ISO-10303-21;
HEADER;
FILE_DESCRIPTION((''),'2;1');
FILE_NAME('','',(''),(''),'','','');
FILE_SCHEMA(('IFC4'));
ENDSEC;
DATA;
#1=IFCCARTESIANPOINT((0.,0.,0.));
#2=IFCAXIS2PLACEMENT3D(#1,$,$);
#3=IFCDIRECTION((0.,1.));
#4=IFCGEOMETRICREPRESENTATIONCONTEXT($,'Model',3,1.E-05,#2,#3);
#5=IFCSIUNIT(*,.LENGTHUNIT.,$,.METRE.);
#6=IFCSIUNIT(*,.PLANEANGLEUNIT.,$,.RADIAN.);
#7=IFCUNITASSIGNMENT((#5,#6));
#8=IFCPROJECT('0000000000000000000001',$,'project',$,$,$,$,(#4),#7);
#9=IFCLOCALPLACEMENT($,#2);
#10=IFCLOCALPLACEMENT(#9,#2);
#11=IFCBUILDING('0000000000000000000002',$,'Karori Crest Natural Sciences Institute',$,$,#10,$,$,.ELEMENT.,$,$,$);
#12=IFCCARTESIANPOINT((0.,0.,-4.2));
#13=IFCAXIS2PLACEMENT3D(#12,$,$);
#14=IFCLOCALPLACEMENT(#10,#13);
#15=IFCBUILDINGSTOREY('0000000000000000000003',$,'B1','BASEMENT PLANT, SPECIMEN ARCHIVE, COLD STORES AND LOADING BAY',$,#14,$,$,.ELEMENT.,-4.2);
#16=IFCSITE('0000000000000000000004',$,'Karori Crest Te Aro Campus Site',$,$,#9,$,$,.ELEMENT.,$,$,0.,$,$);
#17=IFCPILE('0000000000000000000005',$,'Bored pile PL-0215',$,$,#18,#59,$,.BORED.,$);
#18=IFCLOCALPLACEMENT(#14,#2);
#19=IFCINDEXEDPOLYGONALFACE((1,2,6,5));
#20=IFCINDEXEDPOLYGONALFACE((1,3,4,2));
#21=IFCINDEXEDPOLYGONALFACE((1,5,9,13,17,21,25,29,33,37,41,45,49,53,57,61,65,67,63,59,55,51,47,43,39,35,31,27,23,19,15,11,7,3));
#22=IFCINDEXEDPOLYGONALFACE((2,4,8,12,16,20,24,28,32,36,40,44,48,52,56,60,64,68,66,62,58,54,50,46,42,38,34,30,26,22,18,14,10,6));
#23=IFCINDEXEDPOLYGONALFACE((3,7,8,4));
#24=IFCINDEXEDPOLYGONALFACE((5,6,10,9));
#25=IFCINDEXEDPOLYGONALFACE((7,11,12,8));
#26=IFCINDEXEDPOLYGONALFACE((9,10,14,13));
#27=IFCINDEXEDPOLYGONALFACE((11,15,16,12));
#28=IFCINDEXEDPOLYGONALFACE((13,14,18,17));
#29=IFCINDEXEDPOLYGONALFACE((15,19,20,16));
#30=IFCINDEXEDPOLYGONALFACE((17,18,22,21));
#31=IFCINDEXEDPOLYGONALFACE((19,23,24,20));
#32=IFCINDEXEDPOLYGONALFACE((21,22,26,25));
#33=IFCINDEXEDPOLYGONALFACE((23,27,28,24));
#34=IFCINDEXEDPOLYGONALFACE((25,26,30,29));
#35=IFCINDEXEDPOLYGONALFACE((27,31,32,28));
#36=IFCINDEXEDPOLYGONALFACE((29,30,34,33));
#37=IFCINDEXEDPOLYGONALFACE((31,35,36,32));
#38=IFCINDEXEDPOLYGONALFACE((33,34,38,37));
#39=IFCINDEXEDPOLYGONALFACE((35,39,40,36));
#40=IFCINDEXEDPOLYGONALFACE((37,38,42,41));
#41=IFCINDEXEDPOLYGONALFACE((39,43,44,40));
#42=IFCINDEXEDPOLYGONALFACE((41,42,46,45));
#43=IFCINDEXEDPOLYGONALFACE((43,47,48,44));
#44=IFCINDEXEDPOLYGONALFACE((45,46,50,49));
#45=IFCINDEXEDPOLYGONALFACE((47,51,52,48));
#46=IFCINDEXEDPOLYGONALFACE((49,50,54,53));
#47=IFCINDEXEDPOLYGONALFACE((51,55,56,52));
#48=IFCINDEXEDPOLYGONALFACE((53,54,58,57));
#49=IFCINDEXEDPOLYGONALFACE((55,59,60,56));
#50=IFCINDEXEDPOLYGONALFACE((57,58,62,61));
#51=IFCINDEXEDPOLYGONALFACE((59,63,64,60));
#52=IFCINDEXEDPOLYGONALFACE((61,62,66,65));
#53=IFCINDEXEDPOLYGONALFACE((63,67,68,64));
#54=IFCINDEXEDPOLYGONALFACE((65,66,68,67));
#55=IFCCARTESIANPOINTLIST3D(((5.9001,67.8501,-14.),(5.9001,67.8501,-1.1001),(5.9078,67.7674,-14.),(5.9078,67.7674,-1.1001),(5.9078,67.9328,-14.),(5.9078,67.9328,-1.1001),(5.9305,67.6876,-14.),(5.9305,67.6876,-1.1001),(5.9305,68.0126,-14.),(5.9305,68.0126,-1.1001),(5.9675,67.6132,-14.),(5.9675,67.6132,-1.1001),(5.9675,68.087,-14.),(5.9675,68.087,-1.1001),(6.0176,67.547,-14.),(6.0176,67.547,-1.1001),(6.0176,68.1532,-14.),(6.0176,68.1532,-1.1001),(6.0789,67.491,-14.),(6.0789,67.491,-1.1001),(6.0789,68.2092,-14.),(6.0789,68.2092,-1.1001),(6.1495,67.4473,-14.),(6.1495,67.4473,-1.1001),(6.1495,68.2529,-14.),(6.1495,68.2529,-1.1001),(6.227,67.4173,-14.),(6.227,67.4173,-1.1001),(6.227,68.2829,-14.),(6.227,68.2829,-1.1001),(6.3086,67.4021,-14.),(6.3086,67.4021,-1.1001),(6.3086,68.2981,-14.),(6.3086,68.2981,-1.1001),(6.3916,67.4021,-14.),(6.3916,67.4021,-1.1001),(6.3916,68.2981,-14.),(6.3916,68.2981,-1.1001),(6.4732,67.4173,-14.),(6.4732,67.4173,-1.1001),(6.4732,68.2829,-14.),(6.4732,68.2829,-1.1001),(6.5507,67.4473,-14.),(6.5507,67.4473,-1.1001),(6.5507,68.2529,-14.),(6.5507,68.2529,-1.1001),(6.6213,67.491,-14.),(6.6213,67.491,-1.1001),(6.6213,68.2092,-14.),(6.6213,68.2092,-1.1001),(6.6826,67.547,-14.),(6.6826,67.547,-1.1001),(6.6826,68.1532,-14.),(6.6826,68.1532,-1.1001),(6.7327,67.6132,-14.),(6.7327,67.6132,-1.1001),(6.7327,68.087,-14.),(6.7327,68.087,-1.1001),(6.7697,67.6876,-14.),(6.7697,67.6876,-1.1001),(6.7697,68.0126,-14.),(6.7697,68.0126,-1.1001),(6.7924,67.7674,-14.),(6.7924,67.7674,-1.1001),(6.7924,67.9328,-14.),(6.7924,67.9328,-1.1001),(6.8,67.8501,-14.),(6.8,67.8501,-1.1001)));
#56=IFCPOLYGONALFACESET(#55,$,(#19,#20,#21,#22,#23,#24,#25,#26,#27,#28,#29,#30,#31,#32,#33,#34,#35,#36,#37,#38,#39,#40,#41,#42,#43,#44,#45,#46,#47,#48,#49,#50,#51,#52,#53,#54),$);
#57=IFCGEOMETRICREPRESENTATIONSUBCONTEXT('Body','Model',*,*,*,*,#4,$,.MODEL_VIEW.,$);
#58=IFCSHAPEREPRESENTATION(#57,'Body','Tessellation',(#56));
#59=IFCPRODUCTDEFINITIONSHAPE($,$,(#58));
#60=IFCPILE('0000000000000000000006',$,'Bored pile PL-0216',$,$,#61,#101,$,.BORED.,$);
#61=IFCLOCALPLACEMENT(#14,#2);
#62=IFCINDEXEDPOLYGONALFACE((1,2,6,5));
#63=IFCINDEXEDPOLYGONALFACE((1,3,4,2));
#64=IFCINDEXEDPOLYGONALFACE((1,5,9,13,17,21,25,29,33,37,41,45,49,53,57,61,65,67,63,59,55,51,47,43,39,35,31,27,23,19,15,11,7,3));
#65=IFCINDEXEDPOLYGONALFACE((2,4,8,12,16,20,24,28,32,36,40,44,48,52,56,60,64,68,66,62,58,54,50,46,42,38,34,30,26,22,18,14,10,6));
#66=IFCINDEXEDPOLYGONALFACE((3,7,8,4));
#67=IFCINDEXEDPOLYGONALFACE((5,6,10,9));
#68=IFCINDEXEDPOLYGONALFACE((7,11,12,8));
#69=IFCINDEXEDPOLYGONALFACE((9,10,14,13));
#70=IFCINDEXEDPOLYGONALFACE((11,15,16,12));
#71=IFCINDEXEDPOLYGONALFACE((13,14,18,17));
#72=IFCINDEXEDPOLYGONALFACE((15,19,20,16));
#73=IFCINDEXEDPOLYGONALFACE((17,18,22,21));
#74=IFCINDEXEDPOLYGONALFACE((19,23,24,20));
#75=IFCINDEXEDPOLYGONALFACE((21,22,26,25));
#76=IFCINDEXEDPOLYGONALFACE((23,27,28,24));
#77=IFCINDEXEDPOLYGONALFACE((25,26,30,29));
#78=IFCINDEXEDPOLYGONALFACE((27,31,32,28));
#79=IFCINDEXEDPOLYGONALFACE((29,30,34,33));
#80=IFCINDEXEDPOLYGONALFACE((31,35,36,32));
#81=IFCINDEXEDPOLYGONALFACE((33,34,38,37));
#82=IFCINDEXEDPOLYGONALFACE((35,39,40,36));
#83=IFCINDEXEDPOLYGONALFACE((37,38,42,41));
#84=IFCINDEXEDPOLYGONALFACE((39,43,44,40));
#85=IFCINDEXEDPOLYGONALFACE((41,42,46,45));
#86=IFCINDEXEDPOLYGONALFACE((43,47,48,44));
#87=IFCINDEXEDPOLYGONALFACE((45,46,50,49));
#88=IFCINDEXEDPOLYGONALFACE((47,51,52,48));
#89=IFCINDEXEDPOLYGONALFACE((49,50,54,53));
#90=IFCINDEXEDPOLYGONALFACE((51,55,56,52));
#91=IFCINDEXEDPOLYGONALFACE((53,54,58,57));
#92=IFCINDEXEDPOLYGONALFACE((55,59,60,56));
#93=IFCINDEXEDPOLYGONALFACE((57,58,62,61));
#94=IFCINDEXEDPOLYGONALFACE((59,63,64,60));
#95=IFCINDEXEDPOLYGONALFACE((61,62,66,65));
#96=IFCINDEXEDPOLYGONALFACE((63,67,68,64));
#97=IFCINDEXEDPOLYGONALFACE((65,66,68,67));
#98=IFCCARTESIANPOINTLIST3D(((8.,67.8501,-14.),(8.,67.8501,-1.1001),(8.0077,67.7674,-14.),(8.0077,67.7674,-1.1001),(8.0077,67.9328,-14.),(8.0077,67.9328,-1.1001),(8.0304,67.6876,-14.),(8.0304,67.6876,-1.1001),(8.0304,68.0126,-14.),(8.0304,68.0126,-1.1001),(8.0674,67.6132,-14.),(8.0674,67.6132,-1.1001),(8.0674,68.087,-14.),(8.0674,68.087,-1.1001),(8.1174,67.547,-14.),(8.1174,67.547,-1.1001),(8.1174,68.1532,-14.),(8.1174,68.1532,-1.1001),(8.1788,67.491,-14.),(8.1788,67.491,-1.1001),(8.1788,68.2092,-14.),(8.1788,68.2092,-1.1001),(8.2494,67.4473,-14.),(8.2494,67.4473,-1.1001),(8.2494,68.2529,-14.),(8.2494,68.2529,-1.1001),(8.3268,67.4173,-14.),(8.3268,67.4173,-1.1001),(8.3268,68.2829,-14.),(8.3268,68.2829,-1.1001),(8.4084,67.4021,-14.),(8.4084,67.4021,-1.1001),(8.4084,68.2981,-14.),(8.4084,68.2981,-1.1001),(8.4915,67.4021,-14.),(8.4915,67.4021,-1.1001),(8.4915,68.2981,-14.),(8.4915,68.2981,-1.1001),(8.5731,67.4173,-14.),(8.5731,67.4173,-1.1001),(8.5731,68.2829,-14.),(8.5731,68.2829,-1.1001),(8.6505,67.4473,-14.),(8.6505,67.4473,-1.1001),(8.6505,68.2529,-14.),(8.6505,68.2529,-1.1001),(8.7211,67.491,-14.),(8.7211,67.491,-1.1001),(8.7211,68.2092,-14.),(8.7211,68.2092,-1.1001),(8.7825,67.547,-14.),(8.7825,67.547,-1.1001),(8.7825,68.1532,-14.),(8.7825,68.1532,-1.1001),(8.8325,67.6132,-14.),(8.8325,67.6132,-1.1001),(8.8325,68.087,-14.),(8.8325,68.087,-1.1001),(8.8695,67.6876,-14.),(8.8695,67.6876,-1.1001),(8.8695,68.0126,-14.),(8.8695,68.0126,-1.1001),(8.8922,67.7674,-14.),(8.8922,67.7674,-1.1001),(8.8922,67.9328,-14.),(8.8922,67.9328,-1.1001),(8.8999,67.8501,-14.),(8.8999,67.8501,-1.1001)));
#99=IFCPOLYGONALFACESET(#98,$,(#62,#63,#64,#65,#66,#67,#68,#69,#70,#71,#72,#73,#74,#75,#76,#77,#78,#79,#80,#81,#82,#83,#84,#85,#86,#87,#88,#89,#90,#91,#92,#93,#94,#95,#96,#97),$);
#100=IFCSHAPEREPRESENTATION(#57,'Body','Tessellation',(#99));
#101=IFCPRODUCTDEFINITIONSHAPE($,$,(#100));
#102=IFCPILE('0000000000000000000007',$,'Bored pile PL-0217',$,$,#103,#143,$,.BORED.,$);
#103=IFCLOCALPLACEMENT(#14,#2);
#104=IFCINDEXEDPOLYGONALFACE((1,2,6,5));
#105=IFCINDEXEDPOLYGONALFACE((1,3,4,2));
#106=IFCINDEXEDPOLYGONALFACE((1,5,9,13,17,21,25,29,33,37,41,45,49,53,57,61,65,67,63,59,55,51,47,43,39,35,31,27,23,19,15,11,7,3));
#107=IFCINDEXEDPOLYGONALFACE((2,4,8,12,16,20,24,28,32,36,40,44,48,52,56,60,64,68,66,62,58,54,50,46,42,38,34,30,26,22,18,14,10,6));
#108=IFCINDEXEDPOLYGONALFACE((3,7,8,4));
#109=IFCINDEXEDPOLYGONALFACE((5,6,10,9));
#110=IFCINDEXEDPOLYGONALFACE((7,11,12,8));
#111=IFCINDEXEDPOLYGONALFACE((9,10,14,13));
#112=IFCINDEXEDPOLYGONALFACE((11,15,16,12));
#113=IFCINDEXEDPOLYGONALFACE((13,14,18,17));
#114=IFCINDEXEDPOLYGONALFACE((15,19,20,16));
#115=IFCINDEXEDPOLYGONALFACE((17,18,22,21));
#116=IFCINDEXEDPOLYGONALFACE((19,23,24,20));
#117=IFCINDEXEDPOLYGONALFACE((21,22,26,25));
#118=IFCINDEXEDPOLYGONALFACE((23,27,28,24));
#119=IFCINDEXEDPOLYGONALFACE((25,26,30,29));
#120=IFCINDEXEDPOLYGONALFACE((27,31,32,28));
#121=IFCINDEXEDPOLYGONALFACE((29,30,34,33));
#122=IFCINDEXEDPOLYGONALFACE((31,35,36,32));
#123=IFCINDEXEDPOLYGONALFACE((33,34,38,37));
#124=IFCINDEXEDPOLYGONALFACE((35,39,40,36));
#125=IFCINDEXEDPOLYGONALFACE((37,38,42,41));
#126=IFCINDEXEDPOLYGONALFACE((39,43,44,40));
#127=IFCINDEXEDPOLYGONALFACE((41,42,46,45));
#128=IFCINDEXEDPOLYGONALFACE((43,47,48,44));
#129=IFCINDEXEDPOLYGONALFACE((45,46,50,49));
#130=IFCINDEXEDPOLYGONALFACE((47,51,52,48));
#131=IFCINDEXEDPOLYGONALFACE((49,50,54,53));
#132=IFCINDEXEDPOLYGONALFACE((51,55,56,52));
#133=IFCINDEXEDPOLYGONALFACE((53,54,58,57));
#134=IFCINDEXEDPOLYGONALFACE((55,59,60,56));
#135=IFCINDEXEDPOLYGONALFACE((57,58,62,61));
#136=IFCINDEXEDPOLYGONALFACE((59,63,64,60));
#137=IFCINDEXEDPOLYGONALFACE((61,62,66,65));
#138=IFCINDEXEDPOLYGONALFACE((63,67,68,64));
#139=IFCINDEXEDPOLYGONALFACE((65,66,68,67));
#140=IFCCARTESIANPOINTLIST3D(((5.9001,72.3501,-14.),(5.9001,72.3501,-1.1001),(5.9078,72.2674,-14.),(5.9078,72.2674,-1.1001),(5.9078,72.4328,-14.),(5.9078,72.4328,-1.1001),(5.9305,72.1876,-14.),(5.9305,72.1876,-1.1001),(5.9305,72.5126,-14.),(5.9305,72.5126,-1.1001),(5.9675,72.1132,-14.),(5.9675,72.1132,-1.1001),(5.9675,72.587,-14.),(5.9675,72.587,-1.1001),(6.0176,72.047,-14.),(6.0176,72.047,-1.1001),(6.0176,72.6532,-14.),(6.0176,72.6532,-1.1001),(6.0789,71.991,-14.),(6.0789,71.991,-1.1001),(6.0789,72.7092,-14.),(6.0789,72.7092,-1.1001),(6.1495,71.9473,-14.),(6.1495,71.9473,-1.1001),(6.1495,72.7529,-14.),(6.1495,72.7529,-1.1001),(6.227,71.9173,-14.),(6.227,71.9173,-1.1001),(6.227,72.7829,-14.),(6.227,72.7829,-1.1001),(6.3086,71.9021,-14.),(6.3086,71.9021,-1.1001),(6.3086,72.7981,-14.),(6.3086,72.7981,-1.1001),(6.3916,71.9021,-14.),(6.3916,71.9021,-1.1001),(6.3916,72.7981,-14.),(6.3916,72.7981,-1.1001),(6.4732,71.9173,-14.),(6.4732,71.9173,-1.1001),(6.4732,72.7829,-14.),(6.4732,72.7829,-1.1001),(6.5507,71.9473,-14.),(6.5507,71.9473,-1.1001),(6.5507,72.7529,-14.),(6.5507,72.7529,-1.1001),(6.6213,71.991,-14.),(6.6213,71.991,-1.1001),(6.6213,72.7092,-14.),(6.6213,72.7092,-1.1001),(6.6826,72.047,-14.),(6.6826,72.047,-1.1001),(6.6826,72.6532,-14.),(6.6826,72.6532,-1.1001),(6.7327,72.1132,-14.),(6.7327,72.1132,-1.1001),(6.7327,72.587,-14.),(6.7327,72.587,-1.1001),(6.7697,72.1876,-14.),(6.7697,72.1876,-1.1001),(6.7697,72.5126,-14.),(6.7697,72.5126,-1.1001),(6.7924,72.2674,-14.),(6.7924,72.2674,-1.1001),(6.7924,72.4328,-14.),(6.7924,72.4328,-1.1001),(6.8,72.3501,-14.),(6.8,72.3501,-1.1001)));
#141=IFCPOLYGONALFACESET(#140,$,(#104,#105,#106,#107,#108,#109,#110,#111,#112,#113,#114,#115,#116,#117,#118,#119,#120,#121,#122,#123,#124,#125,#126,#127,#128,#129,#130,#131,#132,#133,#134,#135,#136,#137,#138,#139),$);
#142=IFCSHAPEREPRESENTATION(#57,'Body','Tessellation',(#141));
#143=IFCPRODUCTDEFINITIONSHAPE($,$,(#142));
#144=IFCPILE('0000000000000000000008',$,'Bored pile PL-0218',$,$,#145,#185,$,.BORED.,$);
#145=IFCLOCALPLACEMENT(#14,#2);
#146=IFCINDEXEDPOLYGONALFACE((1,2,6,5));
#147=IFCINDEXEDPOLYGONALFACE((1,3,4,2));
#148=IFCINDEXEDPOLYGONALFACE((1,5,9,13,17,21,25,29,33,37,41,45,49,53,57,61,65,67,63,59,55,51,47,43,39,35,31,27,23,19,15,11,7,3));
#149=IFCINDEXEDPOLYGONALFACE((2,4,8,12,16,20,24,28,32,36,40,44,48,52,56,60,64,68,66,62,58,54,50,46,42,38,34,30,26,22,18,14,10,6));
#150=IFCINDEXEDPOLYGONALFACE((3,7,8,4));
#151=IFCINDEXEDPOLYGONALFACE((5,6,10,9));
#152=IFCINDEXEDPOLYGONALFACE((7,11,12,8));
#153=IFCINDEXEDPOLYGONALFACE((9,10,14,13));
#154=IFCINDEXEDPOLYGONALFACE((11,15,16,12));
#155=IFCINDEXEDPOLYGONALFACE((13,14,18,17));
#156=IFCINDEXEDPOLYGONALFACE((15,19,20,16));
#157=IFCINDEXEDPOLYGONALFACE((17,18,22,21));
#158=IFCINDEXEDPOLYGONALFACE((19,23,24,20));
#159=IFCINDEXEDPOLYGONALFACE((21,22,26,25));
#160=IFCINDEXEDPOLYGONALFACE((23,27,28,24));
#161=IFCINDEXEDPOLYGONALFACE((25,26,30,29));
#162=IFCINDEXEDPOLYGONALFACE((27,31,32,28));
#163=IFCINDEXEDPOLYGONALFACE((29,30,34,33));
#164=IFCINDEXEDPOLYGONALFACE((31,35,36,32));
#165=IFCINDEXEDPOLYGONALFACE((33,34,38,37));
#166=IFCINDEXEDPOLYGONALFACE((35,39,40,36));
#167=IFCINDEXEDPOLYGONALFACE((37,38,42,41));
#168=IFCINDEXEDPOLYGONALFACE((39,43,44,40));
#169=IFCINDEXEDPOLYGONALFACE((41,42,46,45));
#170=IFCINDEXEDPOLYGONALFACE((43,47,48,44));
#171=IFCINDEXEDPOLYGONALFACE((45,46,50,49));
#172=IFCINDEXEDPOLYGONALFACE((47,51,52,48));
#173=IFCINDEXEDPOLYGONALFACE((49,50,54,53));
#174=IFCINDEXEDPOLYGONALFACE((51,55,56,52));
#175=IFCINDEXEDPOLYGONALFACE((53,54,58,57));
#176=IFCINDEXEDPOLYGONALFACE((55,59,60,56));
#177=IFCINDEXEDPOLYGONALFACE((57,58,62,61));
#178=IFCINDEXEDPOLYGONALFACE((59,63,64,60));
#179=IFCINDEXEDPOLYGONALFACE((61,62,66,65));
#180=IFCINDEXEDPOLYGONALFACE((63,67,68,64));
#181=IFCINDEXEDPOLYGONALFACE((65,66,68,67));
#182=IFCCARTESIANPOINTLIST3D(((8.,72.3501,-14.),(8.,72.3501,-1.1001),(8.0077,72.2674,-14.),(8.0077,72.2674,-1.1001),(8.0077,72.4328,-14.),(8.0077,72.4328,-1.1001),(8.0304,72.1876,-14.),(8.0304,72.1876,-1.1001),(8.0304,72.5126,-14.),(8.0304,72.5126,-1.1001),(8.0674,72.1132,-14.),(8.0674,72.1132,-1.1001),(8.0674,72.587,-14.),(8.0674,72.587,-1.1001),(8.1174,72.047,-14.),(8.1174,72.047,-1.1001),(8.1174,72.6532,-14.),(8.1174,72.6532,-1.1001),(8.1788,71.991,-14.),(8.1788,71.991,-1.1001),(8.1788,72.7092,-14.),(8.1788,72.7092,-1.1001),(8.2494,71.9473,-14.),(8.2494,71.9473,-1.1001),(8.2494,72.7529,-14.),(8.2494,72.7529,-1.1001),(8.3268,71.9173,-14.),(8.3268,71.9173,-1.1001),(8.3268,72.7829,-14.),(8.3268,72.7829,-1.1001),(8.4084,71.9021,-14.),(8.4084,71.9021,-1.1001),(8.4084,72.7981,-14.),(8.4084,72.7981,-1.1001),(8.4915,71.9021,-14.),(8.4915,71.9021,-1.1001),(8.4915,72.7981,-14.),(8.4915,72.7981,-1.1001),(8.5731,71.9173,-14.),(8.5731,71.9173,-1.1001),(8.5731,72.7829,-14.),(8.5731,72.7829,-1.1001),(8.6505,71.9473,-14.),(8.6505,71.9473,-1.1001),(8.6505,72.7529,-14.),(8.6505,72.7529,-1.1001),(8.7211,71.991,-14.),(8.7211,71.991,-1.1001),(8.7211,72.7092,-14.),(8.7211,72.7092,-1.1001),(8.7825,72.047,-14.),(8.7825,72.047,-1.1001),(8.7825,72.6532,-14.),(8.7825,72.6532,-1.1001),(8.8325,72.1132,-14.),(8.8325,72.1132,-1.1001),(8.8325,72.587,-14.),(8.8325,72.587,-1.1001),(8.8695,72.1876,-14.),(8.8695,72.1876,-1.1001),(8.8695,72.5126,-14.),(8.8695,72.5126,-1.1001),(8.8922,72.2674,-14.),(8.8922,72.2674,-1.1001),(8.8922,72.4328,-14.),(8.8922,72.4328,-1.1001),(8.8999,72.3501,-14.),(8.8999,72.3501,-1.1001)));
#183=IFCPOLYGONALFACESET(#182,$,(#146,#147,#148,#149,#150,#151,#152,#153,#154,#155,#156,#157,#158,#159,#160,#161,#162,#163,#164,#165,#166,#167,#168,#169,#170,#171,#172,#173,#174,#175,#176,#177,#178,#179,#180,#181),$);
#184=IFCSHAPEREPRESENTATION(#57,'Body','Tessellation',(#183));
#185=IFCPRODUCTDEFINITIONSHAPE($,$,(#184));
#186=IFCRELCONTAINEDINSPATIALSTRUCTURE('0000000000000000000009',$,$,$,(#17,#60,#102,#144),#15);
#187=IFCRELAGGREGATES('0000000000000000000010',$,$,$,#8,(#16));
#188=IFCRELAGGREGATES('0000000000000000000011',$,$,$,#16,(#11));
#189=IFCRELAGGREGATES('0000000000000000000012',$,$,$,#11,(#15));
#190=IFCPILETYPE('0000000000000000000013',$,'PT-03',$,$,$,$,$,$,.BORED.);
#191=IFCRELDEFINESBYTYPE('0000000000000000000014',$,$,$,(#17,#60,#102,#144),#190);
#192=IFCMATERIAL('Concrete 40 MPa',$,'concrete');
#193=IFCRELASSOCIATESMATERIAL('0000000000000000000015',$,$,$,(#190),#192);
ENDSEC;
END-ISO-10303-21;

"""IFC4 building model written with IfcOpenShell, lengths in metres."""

from ifc_helpers import new_model, si_unit, direction, frame, origin, origin_2d, place, context, subcontext, project, spatial, circle, extrude, material, material_profile, profile_set, type_object, element, save


model = new_model("IFC4")

# Units and contexts
model_context = context("Model", 3, precision=1e-05, world=origin(), true_north=direction((0.0, 1.0)))
body_context = subcontext(model_context, "Body", "Model", "MODEL_VIEW")
ifc_project = project(units=[si_unit("LENGTHUNIT", "METRE"), si_unit("PLANEANGLEUNIT", "RADIAN")], contexts=[model_context])

# Site, building, storey
site_placement = place(None, origin())
site = spatial("IfcSite", under=ifc_project, at=site_placement, Name="Karori Crest Te Aro Campus Site", CompositionType="ELEMENT", RefElevation=0.0)
building_placement = place(site_placement, origin())
building = spatial("IfcBuilding", under=site, at=building_placement, Name="Karori Crest Natural Sciences Institute", CompositionType="ELEMENT")
storey_placement = place(building_placement, frame((0.0, 0.0, -4.2)))
storey = spatial("IfcBuildingStorey", under=building, at=storey_placement, Name="B1", Description="BASEMENT PLANT, SPECIMEN ARCHIVE, COLD STORES AND LOADING BAY", CompositionType="ELEMENT", Elevation=-4.2)

# Shared definitions
ifc_material_1 = material(Name="Concrete 40 MPa", Category="concrete")

# Piles
ifc_material_profile_1 = material_profile(ifc_material_1, circle(Radius=0.45, at=origin_2d()), Name="PILE900")
ifc_profile_set_1 = profile_set([ifc_material_profile_1], Name="Concrete 40 MPa")
pile_type_1 = type_object("IfcPileType", Name="PT-03", PredefinedType="BORED", material=ifc_profile_set_1)
for number, where, z_axis, x_axis, name in (
    (1, (6.3501, 67.8501, -1.1001), (0.0, 0.0, -1.0), (1.0, 0.0, 0.0), "Bored pile PL-0215"),
    (2, (8.45, 67.8501, -1.1001), (0.0, 0.0, -1.0), (1.0, 0.0, 0.0), "Bored pile PL-0216"),
    (3, (6.3501, 72.3501, -1.1001), (0.0, 0.0, -1.0), (1.0, 0.0, 0.0), "Bored pile PL-0217"),
    (4, (8.45, 72.3501, -1.1001), (0.0, 0.0, -1.0), (1.0, 0.0, 0.0), "Bored pile PL-0218"),
):
    element("IfcPile", number, at=place(storey_placement, frame(where, z_axis=z_axis, x_axis=x_axis)), inside=storey, type_object=pile_type_1, Name=name, PredefinedType="BORED", context=body_context, shape_type="SweptSolid", body=[
        extrude(circle(Radius=0.45, at=origin_2d()), origin(), (0.0, 0.0, 1.0), 12.8999),
    ])

save(model, "model.ifc")
